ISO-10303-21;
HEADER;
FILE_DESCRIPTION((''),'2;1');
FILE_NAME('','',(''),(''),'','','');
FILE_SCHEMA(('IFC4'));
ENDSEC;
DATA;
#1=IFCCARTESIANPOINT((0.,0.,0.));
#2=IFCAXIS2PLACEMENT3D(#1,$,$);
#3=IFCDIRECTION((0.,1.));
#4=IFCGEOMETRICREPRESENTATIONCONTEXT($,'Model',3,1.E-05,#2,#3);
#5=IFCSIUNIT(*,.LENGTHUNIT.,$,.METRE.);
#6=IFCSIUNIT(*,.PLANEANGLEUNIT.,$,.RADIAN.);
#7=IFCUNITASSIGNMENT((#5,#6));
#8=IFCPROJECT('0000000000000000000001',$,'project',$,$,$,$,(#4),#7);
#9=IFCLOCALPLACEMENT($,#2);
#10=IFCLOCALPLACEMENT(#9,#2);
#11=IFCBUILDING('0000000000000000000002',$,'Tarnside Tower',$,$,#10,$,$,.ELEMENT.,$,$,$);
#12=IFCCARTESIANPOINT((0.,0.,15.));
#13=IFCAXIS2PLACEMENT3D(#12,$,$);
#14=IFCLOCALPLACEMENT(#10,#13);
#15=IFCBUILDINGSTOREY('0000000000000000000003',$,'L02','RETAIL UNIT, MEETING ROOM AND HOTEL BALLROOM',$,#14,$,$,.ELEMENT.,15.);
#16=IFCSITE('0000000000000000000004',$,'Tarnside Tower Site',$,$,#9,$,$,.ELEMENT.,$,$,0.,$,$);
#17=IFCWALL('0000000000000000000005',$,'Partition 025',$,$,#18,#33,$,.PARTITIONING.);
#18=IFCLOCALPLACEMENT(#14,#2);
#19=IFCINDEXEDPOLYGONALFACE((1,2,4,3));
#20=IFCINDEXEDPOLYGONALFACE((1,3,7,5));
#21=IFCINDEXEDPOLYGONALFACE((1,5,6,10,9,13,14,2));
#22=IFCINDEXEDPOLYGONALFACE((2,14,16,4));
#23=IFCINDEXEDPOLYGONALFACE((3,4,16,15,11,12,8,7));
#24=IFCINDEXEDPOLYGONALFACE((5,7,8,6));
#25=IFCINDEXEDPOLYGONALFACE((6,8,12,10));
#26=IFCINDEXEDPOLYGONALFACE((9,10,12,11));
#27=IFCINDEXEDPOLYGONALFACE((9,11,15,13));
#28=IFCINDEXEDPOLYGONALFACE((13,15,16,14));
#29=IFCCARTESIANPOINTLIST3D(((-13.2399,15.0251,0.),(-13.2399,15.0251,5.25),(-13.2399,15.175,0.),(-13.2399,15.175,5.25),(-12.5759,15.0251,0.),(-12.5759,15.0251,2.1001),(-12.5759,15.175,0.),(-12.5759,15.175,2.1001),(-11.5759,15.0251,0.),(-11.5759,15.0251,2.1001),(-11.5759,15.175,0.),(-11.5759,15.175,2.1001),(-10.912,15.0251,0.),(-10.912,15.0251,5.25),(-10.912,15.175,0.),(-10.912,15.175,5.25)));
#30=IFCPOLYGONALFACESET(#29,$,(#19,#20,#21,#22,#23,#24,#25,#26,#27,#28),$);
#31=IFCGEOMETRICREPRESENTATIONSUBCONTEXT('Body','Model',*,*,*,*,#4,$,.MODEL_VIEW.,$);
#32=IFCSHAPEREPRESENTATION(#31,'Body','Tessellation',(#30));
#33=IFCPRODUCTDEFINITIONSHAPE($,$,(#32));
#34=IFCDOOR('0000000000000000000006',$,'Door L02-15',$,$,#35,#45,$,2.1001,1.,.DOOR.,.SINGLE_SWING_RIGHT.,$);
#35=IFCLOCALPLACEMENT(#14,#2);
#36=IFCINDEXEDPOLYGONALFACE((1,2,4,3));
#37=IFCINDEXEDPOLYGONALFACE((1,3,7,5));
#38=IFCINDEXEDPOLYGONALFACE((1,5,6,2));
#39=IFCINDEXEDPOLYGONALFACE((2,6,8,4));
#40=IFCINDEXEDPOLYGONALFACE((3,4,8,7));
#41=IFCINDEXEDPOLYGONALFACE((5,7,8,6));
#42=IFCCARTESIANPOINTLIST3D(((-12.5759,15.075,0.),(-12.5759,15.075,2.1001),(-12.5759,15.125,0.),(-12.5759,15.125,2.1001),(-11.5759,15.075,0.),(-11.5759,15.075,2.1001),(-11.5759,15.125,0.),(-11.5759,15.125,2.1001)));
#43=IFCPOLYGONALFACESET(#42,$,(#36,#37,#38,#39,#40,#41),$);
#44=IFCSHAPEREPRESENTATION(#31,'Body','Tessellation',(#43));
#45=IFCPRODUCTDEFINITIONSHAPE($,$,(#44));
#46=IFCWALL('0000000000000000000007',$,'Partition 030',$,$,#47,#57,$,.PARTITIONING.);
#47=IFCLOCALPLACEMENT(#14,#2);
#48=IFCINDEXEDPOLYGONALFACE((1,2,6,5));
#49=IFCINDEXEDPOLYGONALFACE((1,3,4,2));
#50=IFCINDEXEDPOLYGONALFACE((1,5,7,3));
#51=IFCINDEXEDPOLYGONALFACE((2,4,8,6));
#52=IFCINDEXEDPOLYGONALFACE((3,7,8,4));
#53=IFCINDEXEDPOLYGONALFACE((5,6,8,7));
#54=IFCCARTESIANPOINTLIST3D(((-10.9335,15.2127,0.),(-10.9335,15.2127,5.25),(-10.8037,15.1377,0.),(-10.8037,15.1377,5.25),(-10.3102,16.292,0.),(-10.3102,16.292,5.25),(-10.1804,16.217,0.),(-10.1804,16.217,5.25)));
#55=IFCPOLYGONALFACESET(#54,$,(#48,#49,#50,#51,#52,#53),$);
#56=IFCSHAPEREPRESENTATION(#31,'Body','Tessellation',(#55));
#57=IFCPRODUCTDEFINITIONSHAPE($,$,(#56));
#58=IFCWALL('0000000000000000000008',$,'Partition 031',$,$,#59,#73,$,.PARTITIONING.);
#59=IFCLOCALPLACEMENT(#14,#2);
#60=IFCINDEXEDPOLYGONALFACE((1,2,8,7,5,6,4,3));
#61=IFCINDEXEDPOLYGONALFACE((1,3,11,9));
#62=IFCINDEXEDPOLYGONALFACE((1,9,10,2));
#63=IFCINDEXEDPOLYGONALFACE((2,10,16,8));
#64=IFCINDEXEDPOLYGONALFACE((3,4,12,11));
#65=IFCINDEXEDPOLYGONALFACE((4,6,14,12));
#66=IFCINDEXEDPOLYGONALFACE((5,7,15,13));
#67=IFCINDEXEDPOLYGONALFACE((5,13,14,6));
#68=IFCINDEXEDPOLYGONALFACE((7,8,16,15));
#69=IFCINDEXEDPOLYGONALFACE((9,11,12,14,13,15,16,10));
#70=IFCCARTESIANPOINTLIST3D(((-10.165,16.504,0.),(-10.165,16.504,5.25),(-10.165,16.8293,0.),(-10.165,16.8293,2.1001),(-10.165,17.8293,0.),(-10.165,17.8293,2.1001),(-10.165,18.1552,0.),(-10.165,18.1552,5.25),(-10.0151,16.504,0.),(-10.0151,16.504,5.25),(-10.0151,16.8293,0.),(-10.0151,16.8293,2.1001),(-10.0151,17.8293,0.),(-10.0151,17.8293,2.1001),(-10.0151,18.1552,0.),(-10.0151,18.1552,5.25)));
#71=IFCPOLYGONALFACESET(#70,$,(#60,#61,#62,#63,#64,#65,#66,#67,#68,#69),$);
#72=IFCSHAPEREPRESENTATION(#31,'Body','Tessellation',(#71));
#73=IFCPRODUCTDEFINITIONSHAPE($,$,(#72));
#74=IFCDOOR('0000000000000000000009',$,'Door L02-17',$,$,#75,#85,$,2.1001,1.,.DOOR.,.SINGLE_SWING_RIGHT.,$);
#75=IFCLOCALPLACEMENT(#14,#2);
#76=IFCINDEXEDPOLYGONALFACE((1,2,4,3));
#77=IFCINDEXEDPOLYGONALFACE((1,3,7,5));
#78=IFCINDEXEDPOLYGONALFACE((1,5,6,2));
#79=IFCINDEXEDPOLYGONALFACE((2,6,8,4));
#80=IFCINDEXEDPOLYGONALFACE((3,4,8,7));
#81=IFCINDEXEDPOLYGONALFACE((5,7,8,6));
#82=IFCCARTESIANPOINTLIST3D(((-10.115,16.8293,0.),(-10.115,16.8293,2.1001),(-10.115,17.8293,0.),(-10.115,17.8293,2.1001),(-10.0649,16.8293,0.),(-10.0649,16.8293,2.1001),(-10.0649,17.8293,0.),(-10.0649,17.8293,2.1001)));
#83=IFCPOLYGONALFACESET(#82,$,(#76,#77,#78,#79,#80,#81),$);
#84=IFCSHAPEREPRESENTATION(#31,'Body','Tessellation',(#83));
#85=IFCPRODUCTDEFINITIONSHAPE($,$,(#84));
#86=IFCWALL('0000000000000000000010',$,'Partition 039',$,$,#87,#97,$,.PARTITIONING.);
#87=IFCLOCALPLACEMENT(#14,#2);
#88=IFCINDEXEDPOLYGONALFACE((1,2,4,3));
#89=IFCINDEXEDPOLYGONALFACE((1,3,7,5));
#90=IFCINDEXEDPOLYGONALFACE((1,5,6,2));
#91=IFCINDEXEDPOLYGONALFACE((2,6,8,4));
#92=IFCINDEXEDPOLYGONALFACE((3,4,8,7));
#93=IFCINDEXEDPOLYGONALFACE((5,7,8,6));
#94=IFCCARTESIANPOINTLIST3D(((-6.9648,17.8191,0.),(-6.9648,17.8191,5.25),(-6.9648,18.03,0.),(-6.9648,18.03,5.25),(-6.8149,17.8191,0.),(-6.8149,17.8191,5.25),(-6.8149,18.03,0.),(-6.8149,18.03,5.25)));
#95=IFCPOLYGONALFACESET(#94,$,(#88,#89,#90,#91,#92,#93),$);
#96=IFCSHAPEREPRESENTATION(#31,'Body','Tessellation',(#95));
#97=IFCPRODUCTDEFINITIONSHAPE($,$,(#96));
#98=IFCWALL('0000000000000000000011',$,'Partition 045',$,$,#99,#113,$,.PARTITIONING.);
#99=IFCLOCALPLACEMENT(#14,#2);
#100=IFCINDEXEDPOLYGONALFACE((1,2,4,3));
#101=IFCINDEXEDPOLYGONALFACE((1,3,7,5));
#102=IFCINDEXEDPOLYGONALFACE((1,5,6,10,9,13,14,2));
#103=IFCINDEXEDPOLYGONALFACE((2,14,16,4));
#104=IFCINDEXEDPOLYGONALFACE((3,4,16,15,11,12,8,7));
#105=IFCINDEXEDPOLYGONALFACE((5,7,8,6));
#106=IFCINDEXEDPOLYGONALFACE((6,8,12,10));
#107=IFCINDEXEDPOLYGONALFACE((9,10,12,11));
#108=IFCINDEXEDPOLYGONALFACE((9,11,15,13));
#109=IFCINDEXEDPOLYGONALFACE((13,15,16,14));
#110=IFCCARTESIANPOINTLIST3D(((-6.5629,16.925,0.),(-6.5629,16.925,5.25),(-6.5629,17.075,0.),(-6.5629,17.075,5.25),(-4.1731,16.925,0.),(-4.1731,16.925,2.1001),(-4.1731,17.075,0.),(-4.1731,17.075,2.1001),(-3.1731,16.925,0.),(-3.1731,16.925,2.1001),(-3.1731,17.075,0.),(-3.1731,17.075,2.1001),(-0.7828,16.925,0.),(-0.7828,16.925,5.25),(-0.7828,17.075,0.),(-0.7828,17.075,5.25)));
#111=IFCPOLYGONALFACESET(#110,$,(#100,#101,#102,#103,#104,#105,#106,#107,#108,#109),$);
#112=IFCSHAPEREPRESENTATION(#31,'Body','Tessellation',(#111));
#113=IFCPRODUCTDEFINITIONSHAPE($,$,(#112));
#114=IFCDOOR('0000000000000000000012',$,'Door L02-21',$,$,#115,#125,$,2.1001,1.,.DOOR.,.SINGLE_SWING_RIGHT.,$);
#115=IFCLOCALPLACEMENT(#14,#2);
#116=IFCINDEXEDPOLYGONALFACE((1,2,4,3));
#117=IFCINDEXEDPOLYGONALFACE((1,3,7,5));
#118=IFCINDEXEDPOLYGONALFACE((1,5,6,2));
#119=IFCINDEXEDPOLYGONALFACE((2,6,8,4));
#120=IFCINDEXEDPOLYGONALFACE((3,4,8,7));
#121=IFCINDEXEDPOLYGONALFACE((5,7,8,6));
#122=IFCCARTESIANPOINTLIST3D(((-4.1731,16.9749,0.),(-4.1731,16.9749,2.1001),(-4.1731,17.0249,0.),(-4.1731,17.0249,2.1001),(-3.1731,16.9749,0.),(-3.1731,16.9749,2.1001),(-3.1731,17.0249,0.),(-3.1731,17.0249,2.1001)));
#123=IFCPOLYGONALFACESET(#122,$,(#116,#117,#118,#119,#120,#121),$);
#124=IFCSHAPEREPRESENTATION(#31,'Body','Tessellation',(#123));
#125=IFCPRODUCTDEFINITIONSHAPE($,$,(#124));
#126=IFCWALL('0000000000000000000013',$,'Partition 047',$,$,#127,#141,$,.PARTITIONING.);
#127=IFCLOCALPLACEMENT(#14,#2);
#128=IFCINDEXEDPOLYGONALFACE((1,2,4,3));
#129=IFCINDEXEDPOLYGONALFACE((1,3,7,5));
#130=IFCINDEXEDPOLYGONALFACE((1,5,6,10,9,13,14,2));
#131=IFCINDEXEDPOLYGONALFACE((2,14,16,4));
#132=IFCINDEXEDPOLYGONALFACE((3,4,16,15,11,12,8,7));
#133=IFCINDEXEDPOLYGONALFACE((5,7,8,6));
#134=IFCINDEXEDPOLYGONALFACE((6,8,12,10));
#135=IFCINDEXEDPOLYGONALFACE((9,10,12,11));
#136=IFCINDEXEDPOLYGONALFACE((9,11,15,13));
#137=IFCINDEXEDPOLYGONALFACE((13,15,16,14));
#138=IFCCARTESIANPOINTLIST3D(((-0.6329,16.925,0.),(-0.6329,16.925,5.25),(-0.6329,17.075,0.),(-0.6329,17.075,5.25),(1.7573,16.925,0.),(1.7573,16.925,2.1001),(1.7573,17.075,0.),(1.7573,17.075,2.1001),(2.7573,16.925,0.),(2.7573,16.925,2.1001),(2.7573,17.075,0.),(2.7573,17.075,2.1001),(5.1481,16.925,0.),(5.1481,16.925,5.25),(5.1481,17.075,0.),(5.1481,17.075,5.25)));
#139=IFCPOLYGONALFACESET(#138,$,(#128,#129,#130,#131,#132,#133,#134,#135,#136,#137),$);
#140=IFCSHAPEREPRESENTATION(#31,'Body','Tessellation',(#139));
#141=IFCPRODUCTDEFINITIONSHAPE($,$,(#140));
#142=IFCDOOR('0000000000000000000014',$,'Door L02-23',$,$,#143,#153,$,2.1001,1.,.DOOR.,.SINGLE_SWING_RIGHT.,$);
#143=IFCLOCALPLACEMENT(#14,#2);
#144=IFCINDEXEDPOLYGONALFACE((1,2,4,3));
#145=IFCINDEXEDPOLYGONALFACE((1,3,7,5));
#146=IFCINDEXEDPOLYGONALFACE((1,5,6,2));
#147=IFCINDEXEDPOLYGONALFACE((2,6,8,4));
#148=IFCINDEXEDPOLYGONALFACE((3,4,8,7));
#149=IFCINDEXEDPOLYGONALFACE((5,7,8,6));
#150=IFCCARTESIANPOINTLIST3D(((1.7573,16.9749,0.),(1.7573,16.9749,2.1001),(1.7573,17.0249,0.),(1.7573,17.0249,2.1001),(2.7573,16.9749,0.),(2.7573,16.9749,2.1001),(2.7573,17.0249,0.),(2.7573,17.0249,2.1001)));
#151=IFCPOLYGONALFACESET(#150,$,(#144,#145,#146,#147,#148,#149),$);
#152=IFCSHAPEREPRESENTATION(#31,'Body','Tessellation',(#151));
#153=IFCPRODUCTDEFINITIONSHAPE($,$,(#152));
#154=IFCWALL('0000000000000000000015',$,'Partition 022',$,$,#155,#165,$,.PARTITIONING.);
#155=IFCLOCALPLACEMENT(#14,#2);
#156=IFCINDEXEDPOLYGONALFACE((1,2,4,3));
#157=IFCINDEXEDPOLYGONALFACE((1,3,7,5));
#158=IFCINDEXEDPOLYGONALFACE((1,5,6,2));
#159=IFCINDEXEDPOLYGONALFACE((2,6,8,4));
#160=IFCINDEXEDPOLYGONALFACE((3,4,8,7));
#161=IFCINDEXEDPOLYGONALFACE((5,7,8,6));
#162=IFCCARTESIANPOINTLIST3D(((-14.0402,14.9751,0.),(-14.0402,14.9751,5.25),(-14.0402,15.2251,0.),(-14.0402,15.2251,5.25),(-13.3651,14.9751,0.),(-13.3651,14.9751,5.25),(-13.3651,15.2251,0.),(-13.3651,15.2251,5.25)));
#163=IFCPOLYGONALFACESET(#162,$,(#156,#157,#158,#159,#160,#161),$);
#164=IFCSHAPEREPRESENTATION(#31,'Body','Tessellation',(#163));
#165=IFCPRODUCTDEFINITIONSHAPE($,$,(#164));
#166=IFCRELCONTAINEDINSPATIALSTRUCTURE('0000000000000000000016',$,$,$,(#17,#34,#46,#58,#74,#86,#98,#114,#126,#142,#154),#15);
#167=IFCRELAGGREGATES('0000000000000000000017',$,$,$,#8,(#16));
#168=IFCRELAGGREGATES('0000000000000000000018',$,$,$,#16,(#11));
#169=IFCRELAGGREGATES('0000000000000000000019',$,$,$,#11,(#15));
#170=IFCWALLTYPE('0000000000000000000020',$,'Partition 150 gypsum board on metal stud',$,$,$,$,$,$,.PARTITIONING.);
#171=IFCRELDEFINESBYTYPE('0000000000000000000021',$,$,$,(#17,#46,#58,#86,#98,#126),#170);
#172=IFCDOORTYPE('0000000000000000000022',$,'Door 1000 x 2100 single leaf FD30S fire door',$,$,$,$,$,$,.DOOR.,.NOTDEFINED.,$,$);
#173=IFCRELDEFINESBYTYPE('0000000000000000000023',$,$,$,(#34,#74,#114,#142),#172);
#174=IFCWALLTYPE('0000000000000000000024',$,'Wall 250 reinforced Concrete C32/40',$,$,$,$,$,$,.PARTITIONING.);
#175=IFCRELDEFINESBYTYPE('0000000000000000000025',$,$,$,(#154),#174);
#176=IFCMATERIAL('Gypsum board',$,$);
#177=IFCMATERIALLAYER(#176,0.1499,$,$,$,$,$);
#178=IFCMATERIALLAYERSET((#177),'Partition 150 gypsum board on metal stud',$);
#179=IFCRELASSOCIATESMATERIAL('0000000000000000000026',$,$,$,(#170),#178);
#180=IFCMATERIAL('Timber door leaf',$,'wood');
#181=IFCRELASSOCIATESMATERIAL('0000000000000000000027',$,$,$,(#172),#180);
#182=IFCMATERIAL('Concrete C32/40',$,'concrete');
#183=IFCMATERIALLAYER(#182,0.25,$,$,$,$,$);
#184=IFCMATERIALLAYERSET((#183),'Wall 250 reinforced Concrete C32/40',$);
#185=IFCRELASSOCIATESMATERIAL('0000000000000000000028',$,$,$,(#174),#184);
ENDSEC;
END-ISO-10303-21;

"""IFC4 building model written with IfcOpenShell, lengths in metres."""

from ifc_helpers import new_model, si_unit, direction, frame, frame_2d, origin, place, context, subcontext, project, spatial, rectangle, extrude, material, layer, layer_set, type_object, element, fill, save


model = new_model("IFC4")

# Units and contexts
model_context = context("Model", 3, precision=1e-05, world=origin(), true_north=direction((0.0, 1.0)))
body_context = subcontext(model_context, "Body", "Model", "MODEL_VIEW")
ifc_project = project(units=[si_unit("LENGTHUNIT", "METRE"), si_unit("PLANEANGLEUNIT", "RADIAN")], contexts=[model_context])

# Site, building, storey
site_placement = place(None, origin())
site = spatial("IfcSite", under=ifc_project, at=site_placement, Name="Tarnside Tower Site", CompositionType="ELEMENT", RefElevation=0.0)
building_placement = place(site_placement, origin())
building = spatial("IfcBuilding", under=site, at=building_placement, Name="Tarnside Tower", CompositionType="ELEMENT")
storey_placement = place(building_placement, frame((0.0, 0.0, 15.0)))
storey = spatial("IfcBuildingStorey", under=building, at=storey_placement, Name="L02", Description="RETAIL UNIT, MEETING ROOM AND HOTEL BALLROOM", CompositionType="ELEMENT", Elevation=15.0)

# Wall, opening, door
ifc_material_1 = material(Name="Gypsum board")
ifc_layer_1 = layer(ifc_material_1, 0.1499)
ifc_layer_set_1 = layer_set([ifc_layer_1], Name="Partition 150 gypsum board on metal stud")
wall_type_1 = type_object("IfcWallType", Name="Partition 150 gypsum board on metal stud", PredefinedType="PARTITIONING", material=ifc_layer_set_1)
wall_1_placement = place(storey_placement, frame((-13.24, 15.1001, 0.0), z_axis=(0.0, 0.0, 1.0), x_axis=(1.0, 0.0, 0.0)))
wall_1 = element("IfcWall", 1, at=wall_1_placement, inside=storey, type_object=wall_type_1, Name="Partition 025", PredefinedType="PARTITIONING", context=body_context, shape_type="SweptSolid", body=[
    extrude(rectangle(XDim=2.3279, YDim=0.1499, at=frame_2d((1.1641, 0.0))), origin(), (0.0, 0.0, 1.0), 5.25),
])
opening_1_placement = place(wall_1_placement, frame((0.6641, 0.0, 0.0)))
opening_1 = element("IfcOpeningElement", 2, at=opening_1_placement, cuts=wall_1, PredefinedType="OPENING", context=body_context, shape_type="SweptSolid", body=[
    extrude(rectangle(XDim=1.0, YDim=2.1001, at=frame_2d((0.5, 1.05))), frame((0.0, 0.085, 0.0), z_axis=(0.0, -1.0, 0.0), x_axis=(1.0, 0.0, 0.0)), (0.0, 0.0, 1.0), 0.1699),
])
ifc_material_2 = material(Name="Timber door leaf", Category="wood")
door_type_1 = type_object("IfcDoorType", Name="Door 1000 x 2100 single leaf FD30S fire door", OperationType="NOTDEFINED", PredefinedType="DOOR", material=ifc_material_2)
door_1_placement = place(opening_1_placement, origin())
door_1 = element("IfcDoor", 3, at=door_1_placement, inside=storey, type_object=door_type_1, Name="Door L02-15", OperationType="SINGLE_SWING_RIGHT", OverallHeight=2.1001, OverallWidth=1.0, PredefinedType="DOOR", context=body_context, shape_type="SweptSolid", body=[
    extrude(rectangle(XDim=1.0, YDim=2.1001, at=frame_2d((0.5, 1.05))), frame((0.0, 0.0249, 0.0), z_axis=(0.0, -1.0, 0.0), x_axis=(1.0, 0.0, 0.0)), (0.0, 0.0, 1.0), 0.05),
])
fill(opening_1, door_1)

# Wall
wall_2_placement = place(storey_placement, frame((-10.2454, 16.2544, 0.0), z_axis=(0.0, 0.0, 1.0), x_axis=(-0.500079, -0.86598, 0.0)))
element("IfcWall", 4, at=wall_2_placement, inside=storey, type_object=wall_type_1, Name="Partition 030", PredefinedType="PARTITIONING", context=body_context, shape_type="SweptSolid", body=[
    extrude(rectangle(XDim=1.2463, YDim=0.1499, at=frame_2d((0.623, 0.0))), origin(), (0.0, 0.0, 1.0), 5.25),
])

# Wall, opening, door
wall_3_placement = place(storey_placement, frame((-10.0901, 16.5039, 0.0), z_axis=(0.0, 0.0, 1.0), x_axis=(0.0, 1.0, 0.0)))
wall_3 = element("IfcWall", 5, at=wall_3_placement, inside=storey, type_object=wall_type_1, Name="Partition 031", PredefinedType="PARTITIONING", context=body_context, shape_type="SweptSolid", body=[
    extrude(rectangle(XDim=1.6511, YDim=0.1499, at=frame_2d((0.8257, 0.0))), origin(), (0.0, 0.0, 1.0), 5.25),
])
opening_2_placement = place(wall_3_placement, frame((0.3254, 0.0, 0.0)))
opening_2 = element("IfcOpeningElement", 6, at=opening_2_placement, cuts=wall_3, PredefinedType="OPENING", context=body_context, shape_type="SweptSolid", body=[
    extrude(rectangle(XDim=1.0, YDim=2.1001, at=frame_2d((0.5, 1.05))), frame((0.0, 0.085, 0.0), z_axis=(0.0, -1.0, 0.0), x_axis=(1.0, 0.0, 0.0)), (0.0, 0.0, 1.0), 0.1699),
])
door_2_placement = place(opening_2_placement, origin())
door_2 = element("IfcDoor", 7, at=door_2_placement, inside=storey, type_object=door_type_1, Name="Door L02-17", OperationType="SINGLE_SWING_RIGHT", OverallHeight=2.1001, OverallWidth=1.0, PredefinedType="DOOR", context=body_context, shape_type="SweptSolid", body=[
    extrude(rectangle(XDim=1.0, YDim=2.1001, at=frame_2d((0.5, 1.05))), frame((0.0, 0.0249, 0.0), z_axis=(0.0, -1.0, 0.0), x_axis=(1.0, 0.0, 0.0)), (0.0, 0.0, 1.0), 0.05),
])
fill(opening_2, door_2)

# Wall
wall_4_placement = place(storey_placement, frame((-6.8899, 18.03, 0.0), z_axis=(0.0, 0.0, 1.0), x_axis=(0.0, -1.0, 0.0)))
element("IfcWall", 8, at=wall_4_placement, inside=storey, type_object=wall_type_1, Name="Partition 039", PredefinedType="PARTITIONING", context=body_context, shape_type="SweptSolid", body=[
    extrude(rectangle(XDim=0.2109, YDim=0.1499, at=frame_2d((0.1055, 0.0))), origin(), (0.0, 0.0, 1.0), 5.25),
])

# Walls, openings, doors
wall_5_placement = place(storey_placement, frame((-6.563, 17.0, 0.0), z_axis=(0.0, 0.0, 1.0), x_axis=(1.0, 0.0, 0.0)))
wall_5 = element("IfcWall", 9, at=wall_5_placement, inside=storey, type_object=wall_type_1, Name="Partition 045", PredefinedType="PARTITIONING", context=body_context, shape_type="SweptSolid", body=[
    extrude(rectangle(XDim=5.78, YDim=0.1499, at=frame_2d((2.8901, 0.0))), origin(), (0.0, 0.0, 1.0), 5.25),
])
opening_3_placement = place(wall_5_placement, frame((2.3899, 0.0, 0.0)))
opening_3 = element("IfcOpeningElement", 10, at=opening_3_placement, cuts=wall_5, PredefinedType="OPENING", context=body_context, shape_type="SweptSolid", body=[
    extrude(rectangle(XDim=1.0, YDim=2.1001, at=frame_2d((0.5, 1.05))), frame((0.0, 0.085, 0.0), z_axis=(0.0, -1.0, 0.0), x_axis=(1.0, 0.0, 0.0)), (0.0, 0.0, 1.0), 0.1699),
])
door_3_placement = place(opening_3_placement, origin())
door_3 = element("IfcDoor", 11, at=door_3_placement, inside=storey, type_object=door_type_1, Name="Door L02-21", OperationType="SINGLE_SWING_RIGHT", OverallHeight=2.1001, OverallWidth=1.0, PredefinedType="DOOR", context=body_context, shape_type="SweptSolid", body=[
    extrude(rectangle(XDim=1.0, YDim=2.1001, at=frame_2d((0.5, 1.05))), frame((0.0, 0.0249, 0.0), z_axis=(0.0, -1.0, 0.0), x_axis=(1.0, 0.0, 0.0)), (0.0, 0.0, 1.0), 0.05),
])
fill(opening_3, door_3)
wall_6_placement = place(storey_placement, frame((-0.6331, 17.0, 0.0), z_axis=(0.0, 0.0, 1.0), x_axis=(1.0, 0.0, 0.0)))
wall_6 = element("IfcWall", 12, at=wall_6_placement, inside=storey, type_object=wall_type_1, Name="Partition 047", PredefinedType="PARTITIONING", context=body_context, shape_type="SweptSolid", body=[
    extrude(rectangle(XDim=5.781, YDim=0.1499, at=frame_2d((2.8906, 0.0))), origin(), (0.0, 0.0, 1.0), 5.25),
])
opening_4_placement = place(wall_6_placement, frame((2.3904, 0.0, 0.0)))
opening_4 = element("IfcOpeningElement", 13, at=opening_4_placement, cuts=wall_6, PredefinedType="OPENING", context=body_context, shape_type="SweptSolid", body=[
    extrude(rectangle(XDim=1.0, YDim=2.1001, at=frame_2d((0.5, 1.05))), frame((0.0, 0.085, 0.0), z_axis=(0.0, -1.0, 0.0), x_axis=(1.0, 0.0, 0.0)), (0.0, 0.0, 1.0), 0.1699),
])
door_4_placement = place(opening_4_placement, origin())
door_4 = element("IfcDoor", 14, at=door_4_placement, inside=storey, type_object=door_type_1, Name="Door L02-23", OperationType="SINGLE_SWING_RIGHT", OverallHeight=2.1001, OverallWidth=1.0, PredefinedType="DOOR", context=body_context, shape_type="SweptSolid", body=[
    extrude(rectangle(XDim=1.0, YDim=2.1001, at=frame_2d((0.5, 1.05))), frame((0.0, 0.0249, 0.0), z_axis=(0.0, -1.0, 0.0), x_axis=(1.0, 0.0, 0.0)), (0.0, 0.0, 1.0), 0.05),
])
fill(opening_4, door_4)

# Wall
ifc_material_3 = material(Name="Concrete C32/40", Category="concrete")
ifc_layer_2 = layer(ifc_material_3, 0.25)
ifc_layer_set_2 = layer_set([ifc_layer_2], Name="Wall 250 reinforced Concrete C32/40")
wall_type_2 = type_object("IfcWallType", Name="Wall 250 reinforced Concrete C32/40", PredefinedType="PARTITIONING", material=ifc_layer_set_2)
wall_7_placement = place(storey_placement, frame((-14.04, 15.1001, 0.0), z_axis=(0.0, 0.0, 1.0), x_axis=(1.0, 0.0, 0.0)))
element("IfcWall", 15, at=wall_7_placement, inside=storey, type_object=wall_type_2, Name="Partition 022", PredefinedType="PARTITIONING", context=body_context, shape_type="SweptSolid", body=[
    extrude(rectangle(XDim=0.675, YDim=0.25, at=frame_2d((0.3374, 0.0))), origin(), (0.0, 0.0, 1.0), 5.25),
])

save(model, "model.ifc")
